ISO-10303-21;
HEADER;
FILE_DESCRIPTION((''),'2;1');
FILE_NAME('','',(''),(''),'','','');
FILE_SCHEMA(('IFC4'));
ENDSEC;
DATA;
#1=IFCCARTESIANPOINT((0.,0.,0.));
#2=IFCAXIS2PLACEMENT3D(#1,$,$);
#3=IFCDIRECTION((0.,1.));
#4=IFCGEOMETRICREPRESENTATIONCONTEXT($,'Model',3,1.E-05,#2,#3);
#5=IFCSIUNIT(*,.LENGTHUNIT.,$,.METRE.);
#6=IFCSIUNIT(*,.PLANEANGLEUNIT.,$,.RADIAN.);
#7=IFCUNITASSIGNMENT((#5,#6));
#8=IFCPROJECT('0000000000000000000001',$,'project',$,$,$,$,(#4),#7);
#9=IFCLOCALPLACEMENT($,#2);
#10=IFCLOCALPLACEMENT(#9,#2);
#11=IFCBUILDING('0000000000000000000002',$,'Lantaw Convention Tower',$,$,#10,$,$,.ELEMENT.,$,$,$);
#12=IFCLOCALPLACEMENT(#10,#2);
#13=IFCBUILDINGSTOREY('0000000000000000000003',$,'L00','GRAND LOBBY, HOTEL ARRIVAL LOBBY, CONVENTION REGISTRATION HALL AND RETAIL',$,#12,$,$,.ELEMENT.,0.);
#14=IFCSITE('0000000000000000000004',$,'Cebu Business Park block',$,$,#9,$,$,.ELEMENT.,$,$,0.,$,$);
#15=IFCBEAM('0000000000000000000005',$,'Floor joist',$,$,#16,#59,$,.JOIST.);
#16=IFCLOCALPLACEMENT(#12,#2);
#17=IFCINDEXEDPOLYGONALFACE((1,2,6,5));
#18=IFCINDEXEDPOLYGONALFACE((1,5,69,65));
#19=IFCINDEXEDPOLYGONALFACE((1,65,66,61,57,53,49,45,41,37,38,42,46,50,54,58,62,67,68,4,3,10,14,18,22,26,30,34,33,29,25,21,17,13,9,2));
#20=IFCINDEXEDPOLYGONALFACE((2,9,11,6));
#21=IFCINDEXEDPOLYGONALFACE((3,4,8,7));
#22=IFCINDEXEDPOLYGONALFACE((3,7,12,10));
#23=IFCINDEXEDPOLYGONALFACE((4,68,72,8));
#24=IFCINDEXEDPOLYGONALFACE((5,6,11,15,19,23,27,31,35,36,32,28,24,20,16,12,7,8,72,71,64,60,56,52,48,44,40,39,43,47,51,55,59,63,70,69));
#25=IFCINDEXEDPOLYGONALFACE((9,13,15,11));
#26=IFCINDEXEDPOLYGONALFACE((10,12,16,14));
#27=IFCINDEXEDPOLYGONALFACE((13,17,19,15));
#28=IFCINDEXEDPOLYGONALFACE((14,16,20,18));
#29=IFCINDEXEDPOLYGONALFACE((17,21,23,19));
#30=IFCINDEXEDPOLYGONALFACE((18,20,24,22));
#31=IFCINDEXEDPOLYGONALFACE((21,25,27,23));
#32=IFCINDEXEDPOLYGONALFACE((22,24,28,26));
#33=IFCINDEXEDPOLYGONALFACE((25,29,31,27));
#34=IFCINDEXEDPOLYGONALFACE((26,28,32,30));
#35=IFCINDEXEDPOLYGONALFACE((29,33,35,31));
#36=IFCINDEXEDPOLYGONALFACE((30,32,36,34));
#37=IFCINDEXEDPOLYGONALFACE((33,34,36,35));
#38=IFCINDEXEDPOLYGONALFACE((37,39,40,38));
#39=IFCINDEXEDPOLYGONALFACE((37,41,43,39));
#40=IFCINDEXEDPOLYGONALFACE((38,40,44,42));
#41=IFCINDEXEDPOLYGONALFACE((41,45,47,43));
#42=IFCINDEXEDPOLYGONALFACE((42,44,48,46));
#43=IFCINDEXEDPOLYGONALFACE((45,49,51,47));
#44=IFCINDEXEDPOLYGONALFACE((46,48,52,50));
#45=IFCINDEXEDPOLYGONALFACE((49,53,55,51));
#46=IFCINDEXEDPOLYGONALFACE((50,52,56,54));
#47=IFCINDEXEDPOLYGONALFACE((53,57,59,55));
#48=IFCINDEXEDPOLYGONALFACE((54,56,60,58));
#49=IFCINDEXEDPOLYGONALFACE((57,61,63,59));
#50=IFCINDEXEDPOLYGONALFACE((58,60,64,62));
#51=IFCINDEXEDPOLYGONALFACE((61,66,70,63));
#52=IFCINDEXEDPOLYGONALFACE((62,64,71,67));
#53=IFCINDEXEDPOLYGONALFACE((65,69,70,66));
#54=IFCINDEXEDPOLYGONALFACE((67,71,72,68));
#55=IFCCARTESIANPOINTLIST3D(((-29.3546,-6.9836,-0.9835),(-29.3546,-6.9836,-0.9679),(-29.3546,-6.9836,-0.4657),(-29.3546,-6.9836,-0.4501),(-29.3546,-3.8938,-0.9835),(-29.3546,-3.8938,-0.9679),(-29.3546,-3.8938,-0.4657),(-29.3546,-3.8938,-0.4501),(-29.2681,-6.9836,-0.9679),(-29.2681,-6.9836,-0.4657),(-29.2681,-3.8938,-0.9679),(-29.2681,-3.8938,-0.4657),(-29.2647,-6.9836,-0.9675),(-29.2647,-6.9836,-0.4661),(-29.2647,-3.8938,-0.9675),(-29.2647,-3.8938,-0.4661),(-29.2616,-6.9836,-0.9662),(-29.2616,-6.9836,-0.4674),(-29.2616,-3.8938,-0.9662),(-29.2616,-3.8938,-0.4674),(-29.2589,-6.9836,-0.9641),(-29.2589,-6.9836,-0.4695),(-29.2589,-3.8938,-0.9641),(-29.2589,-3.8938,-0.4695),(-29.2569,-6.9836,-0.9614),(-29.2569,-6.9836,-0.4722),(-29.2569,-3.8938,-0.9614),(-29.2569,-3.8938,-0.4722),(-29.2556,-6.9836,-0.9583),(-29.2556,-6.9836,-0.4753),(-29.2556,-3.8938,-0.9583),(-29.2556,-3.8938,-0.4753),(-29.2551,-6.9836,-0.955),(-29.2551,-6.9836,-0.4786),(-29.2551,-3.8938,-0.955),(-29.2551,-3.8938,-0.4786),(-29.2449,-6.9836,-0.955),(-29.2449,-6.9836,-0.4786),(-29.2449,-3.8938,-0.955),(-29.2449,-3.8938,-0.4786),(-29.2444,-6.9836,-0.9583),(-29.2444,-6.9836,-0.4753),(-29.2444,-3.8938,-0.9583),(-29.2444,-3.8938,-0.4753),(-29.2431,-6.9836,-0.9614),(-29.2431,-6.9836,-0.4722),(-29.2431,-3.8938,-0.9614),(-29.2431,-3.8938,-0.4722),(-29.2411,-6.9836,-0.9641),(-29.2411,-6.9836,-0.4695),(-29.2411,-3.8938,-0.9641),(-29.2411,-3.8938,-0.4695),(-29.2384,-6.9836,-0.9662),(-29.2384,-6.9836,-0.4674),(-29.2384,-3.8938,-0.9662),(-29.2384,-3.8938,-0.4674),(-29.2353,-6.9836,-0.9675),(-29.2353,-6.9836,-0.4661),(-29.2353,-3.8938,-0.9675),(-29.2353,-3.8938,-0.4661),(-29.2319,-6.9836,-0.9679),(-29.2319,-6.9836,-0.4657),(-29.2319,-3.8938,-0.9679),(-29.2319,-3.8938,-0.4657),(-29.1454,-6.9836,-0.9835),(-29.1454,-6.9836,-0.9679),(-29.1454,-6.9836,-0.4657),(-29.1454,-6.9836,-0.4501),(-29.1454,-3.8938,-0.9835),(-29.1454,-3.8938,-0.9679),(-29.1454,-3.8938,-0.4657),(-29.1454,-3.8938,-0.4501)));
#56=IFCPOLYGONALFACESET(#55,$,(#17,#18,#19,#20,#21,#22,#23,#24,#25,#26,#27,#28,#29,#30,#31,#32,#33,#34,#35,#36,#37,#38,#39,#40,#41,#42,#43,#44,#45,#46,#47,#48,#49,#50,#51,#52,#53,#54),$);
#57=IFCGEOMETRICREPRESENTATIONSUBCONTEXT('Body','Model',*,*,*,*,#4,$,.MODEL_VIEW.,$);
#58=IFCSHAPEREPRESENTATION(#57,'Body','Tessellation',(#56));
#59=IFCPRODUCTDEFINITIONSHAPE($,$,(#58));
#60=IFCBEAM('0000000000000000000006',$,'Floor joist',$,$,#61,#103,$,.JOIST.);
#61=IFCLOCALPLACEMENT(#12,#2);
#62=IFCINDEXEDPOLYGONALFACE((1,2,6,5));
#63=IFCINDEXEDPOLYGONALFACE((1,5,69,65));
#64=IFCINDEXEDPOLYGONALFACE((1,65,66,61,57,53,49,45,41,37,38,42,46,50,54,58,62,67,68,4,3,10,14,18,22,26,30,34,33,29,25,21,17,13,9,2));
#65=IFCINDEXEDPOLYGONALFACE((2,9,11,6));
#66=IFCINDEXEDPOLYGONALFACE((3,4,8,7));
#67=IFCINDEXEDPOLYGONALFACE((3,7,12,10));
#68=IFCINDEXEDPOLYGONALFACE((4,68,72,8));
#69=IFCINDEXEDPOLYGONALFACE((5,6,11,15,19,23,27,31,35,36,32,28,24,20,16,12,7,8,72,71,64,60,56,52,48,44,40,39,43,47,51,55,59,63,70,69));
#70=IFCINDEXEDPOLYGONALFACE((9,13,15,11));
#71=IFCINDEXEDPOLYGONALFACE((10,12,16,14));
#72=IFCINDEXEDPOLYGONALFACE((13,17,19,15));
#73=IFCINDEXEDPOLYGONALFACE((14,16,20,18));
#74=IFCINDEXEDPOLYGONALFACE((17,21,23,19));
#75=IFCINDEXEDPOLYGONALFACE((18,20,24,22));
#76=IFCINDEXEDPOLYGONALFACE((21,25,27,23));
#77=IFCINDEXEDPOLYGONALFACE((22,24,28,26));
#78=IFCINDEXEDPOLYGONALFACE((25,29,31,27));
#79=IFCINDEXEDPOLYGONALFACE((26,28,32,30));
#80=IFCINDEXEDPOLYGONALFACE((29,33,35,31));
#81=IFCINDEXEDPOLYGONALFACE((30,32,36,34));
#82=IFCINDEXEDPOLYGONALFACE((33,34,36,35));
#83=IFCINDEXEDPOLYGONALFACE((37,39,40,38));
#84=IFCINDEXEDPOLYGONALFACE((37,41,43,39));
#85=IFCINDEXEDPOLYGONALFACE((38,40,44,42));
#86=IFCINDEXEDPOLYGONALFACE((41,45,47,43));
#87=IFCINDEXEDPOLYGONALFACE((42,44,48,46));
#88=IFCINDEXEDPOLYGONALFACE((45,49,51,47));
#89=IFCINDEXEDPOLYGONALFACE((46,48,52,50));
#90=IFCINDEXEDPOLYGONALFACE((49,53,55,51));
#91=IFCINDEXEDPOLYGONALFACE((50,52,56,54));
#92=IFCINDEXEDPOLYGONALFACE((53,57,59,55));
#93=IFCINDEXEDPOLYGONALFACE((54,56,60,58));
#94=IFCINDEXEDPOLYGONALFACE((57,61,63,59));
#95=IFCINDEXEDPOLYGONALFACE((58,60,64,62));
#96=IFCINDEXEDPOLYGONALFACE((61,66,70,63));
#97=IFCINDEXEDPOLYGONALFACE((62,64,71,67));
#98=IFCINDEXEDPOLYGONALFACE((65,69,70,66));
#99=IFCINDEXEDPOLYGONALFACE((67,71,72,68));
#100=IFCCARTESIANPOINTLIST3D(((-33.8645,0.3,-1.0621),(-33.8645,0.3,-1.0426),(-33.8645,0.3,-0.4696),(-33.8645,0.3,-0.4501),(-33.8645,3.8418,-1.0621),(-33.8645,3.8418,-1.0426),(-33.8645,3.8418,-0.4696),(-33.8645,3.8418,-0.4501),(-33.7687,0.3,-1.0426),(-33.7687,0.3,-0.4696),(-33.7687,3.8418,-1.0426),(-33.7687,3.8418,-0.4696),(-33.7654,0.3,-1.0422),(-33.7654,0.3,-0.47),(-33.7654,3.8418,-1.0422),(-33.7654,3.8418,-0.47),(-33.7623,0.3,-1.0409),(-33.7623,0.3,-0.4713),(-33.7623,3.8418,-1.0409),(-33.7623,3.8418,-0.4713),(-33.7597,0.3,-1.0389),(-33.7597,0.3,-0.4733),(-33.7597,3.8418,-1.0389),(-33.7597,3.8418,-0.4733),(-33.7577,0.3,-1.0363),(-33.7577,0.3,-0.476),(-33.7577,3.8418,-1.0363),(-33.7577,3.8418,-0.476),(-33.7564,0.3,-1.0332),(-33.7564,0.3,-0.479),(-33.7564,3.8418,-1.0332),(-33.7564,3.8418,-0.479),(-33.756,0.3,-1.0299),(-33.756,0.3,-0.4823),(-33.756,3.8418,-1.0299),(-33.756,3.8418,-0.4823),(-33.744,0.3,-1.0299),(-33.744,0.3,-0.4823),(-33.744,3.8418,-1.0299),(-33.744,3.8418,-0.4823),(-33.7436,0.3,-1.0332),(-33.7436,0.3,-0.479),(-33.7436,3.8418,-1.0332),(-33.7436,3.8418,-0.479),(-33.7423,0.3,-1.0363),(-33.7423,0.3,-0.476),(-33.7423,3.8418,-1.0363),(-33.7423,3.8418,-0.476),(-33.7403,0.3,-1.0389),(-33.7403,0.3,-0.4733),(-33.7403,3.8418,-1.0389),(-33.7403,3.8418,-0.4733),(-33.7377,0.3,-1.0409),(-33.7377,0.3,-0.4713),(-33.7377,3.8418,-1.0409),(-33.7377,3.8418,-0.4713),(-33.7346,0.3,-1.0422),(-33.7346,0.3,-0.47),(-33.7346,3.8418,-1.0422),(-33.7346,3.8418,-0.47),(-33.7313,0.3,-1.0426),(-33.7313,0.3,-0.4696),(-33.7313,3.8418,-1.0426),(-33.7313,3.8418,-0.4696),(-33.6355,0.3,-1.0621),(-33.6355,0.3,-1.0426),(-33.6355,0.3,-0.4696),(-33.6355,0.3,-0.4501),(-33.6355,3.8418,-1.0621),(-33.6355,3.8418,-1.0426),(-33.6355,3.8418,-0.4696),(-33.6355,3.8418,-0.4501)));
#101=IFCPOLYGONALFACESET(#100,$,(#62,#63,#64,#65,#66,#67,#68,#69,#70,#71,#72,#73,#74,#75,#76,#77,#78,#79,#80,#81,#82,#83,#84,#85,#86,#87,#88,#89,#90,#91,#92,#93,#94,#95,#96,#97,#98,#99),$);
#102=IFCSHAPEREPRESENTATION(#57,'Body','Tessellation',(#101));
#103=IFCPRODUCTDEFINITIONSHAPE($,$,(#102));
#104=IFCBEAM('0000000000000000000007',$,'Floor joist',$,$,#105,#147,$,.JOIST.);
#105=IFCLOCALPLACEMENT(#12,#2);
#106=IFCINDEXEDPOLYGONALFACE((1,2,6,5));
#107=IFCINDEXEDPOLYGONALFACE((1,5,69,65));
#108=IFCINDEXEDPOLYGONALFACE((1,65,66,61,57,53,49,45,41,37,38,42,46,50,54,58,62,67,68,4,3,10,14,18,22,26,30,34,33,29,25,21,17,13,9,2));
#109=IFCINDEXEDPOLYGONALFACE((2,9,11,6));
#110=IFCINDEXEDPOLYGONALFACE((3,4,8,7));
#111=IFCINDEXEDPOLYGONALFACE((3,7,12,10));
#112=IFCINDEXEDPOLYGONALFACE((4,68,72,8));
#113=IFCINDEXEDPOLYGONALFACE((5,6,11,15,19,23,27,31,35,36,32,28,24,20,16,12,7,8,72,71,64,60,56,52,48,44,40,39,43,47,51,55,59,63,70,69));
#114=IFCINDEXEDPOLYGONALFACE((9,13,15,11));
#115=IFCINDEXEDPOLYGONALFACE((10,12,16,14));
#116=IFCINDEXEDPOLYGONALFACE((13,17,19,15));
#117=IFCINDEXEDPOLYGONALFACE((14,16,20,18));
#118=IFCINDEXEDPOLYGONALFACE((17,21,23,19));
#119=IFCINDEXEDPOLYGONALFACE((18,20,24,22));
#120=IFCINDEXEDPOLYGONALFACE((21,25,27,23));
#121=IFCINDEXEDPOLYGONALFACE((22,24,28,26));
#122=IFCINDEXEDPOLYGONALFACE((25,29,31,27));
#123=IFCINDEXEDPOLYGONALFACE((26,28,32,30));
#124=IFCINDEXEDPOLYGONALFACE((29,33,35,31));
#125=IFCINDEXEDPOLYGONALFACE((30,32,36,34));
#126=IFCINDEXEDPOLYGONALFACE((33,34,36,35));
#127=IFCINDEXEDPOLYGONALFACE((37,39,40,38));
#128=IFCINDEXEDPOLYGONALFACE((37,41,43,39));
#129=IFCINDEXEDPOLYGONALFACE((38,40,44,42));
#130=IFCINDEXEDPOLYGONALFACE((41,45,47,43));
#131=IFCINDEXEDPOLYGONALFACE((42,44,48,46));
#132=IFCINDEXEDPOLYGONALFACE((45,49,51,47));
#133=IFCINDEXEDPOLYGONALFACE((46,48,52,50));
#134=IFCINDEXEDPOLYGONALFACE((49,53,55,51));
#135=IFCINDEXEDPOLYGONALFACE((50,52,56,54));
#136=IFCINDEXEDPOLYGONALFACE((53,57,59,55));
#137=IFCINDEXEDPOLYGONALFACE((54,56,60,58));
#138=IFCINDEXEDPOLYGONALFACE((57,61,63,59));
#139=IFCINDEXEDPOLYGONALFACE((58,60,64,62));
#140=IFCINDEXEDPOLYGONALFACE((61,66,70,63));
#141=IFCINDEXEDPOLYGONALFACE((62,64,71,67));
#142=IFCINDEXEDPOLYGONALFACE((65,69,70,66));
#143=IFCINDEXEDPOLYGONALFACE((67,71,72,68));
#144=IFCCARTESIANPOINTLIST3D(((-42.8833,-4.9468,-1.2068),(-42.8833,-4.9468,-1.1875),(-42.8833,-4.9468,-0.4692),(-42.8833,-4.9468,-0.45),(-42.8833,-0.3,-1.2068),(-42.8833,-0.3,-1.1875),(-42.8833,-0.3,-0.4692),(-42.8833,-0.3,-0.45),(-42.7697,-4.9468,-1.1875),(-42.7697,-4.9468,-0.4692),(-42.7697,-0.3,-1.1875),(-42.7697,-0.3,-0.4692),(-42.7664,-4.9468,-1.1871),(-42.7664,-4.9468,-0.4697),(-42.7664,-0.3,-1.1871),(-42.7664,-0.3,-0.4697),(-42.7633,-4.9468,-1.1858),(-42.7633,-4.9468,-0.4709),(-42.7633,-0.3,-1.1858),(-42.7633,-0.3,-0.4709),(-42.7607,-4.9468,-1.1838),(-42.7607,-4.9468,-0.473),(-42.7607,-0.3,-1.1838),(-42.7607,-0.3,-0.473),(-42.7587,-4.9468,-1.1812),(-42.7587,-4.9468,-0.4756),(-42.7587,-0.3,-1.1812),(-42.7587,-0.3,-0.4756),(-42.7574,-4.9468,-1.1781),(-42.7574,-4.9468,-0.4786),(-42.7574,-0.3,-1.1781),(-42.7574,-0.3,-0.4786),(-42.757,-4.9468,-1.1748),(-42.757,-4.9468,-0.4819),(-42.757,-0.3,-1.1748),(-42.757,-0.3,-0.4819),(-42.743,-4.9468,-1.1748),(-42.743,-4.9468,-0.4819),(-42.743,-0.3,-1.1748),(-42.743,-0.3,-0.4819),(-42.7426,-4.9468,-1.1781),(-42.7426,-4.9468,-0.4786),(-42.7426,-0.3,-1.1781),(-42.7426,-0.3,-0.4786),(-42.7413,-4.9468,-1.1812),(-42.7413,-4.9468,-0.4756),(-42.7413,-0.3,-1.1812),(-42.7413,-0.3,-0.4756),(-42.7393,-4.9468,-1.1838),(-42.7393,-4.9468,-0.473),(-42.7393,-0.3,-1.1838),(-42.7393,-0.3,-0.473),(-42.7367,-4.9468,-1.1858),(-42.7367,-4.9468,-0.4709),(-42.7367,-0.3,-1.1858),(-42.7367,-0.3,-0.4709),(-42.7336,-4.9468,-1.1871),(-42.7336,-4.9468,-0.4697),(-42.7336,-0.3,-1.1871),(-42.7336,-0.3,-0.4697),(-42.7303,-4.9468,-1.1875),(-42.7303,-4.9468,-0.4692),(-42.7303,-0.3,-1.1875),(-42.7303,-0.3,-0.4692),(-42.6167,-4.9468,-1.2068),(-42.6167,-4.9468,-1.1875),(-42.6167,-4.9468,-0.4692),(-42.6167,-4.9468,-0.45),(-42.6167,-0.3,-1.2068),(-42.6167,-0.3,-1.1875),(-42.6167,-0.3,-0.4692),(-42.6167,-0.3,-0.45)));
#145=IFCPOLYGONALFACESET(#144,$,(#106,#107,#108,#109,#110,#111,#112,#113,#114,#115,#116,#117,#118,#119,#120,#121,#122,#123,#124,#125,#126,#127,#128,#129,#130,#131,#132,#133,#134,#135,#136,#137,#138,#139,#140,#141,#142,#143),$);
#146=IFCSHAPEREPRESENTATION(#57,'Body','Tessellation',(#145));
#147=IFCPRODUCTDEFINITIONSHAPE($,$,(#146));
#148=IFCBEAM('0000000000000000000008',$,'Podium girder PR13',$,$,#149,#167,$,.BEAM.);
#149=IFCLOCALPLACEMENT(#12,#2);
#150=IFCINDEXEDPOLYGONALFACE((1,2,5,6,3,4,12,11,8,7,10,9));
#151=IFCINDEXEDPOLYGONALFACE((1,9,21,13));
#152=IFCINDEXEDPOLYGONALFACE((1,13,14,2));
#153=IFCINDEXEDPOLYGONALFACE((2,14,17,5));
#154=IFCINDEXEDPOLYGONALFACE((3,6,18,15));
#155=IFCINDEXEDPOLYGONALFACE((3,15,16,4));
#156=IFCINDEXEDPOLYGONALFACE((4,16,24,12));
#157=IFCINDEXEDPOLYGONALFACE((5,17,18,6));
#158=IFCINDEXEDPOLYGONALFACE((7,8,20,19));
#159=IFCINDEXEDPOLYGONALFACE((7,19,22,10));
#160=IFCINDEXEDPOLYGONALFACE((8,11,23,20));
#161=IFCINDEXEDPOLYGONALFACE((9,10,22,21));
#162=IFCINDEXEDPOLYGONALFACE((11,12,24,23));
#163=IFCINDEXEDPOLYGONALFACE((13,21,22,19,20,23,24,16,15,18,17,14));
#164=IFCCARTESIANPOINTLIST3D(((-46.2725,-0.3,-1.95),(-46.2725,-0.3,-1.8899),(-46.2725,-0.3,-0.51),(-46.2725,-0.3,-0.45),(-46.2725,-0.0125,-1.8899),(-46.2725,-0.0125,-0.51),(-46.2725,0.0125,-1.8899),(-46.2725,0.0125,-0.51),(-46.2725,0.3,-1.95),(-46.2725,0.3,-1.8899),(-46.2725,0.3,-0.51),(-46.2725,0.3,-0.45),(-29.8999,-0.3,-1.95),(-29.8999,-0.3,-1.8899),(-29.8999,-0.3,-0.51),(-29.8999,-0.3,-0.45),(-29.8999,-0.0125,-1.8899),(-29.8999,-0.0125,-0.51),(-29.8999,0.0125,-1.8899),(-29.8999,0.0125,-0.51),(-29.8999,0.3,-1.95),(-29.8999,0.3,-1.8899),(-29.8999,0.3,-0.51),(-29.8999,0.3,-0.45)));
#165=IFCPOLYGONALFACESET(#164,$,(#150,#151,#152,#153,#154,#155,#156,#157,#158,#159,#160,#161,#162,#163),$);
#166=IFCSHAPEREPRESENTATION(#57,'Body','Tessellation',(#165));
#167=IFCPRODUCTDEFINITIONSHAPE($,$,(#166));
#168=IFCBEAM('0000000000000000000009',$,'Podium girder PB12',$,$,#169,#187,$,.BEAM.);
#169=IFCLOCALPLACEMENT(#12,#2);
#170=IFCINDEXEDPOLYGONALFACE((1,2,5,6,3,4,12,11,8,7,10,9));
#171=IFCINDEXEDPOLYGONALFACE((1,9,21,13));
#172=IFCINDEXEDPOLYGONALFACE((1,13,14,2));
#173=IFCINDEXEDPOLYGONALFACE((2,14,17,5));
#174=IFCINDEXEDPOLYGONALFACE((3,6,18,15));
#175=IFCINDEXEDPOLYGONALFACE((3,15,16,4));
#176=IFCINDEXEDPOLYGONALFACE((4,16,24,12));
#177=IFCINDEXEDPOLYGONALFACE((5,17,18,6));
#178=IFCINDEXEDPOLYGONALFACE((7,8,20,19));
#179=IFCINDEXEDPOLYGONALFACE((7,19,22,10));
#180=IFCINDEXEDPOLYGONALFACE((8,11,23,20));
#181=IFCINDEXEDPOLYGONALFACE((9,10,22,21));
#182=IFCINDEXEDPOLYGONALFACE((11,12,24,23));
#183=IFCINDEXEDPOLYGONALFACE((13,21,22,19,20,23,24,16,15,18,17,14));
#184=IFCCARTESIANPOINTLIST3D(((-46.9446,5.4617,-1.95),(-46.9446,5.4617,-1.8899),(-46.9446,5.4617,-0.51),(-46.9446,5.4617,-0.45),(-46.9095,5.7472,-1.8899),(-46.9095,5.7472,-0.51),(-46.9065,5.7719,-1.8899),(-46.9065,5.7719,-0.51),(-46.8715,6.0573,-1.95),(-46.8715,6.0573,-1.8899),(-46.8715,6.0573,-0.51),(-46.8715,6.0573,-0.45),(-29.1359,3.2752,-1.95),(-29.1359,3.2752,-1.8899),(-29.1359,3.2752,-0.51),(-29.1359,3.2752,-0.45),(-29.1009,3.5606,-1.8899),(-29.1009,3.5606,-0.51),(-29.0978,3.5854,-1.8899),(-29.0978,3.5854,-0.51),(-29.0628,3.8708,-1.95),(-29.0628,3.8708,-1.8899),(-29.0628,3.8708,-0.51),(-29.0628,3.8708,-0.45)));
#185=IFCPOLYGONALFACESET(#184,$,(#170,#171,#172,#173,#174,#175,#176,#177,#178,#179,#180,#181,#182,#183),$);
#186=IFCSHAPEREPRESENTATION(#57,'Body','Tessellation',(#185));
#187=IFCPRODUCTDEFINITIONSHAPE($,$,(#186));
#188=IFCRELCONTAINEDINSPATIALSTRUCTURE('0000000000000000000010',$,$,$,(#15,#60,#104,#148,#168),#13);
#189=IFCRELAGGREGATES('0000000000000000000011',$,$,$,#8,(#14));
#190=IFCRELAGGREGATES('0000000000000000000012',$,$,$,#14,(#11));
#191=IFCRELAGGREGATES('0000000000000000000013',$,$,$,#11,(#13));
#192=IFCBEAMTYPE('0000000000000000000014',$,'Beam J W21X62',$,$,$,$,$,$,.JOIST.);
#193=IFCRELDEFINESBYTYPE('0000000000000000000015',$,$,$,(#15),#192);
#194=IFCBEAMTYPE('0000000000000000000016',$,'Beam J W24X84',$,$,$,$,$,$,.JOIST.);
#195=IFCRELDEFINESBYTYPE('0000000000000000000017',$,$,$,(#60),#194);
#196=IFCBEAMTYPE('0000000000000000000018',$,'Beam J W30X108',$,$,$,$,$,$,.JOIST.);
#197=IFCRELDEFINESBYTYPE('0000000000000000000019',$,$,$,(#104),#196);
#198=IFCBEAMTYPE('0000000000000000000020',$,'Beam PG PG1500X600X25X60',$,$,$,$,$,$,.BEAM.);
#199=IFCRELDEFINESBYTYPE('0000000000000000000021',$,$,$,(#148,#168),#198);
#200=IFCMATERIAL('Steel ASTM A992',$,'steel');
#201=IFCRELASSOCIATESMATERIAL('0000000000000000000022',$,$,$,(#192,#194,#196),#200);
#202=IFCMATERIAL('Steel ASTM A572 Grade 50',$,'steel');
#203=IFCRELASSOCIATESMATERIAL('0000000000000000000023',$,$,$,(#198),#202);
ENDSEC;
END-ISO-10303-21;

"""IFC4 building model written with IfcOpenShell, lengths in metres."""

from ifc_helpers import new_model, si_unit, direction, frame, origin, origin_2d, place, context, subcontext, project, spatial, i_section, extrude, material, material_profile, profile_set, type_object, element, save


model = new_model("IFC4")

# Units and contexts
model_context = context("Model", 3, precision=1e-05, world=origin(), true_north=direction((0.0, 1.0)))
body_context = subcontext(model_context, "Body", "Model", "MODEL_VIEW")
ifc_project = project(units=[si_unit("LENGTHUNIT", "METRE"), si_unit("PLANEANGLEUNIT", "RADIAN")], contexts=[model_context])

# Site, building, storey
site_placement = place(None, origin())
site = spatial("IfcSite", under=ifc_project, at=site_placement, Name="Cebu Business Park block", CompositionType="ELEMENT", RefElevation=0.0)
building_placement = place(site_placement, origin())
building = spatial("IfcBuilding", under=site, at=building_placement, Name="Lantaw Convention Tower", CompositionType="ELEMENT")
storey_placement = place(building_placement, origin())
storey = spatial("IfcBuildingStorey", under=building, at=storey_placement, Name="L00", Description="GRAND LOBBY, HOTEL ARRIVAL LOBBY, CONVENTION REGISTRATION HALL AND RETAIL", CompositionType="ELEMENT", Elevation=0.0)

# Shared definitions
ifc_material_1 = material(Name="Steel ASTM A572 Grade 50", Category="steel")

# Beams
ifc_material_2 = material(Name="Steel ASTM A992", Category="steel")
ifc_material_profile_1 = material_profile(ifc_material_2, i_section(OverallWidth=0.2092, OverallDepth=0.5334, WebThickness=0.0103, FlangeThickness=0.0156, FilletRadius=0.0129, at=origin_2d()), Name="W21X62")
ifc_profile_set_1 = profile_set([ifc_material_profile_1], Name="Steel ASTM A992")
beam_type_1 = type_object("IfcBeamType", Name="Beam J W21X62", PredefinedType="JOIST", material=ifc_profile_set_1)
beam_1_placement = place(storey_placement, frame((-29.25, -6.9836, -0.7168), z_axis=(0.0, 1.0, 0.0), x_axis=(-1.0, 0.0, 0.0)))
element("IfcBeam", 1, at=beam_1_placement, inside=storey, type_object=beam_type_1, Name="Floor joist", PredefinedType="JOIST", context=body_context, shape_type="SweptSolid", body=[
    extrude(i_section(OverallWidth=0.2092, OverallDepth=0.5334, WebThickness=0.0103, FlangeThickness=0.0156, FilletRadius=0.0129, at=origin_2d()), origin(), (0.0, 0.0, 1.0), 3.0898),
])
ifc_material_profile_2 = material_profile(ifc_material_2, i_section(OverallWidth=0.229, OverallDepth=0.6121, WebThickness=0.012, FlangeThickness=0.0195, FilletRadius=0.0127, at=origin_2d()), Name="W24X84")
ifc_profile_set_2 = profile_set([ifc_material_profile_2], Name="Steel ASTM A992")
beam_type_2 = type_object("IfcBeamType", Name="Beam J W24X84", PredefinedType="JOIST", material=ifc_profile_set_2)
beam_2_placement = place(storey_placement, frame((-33.75, 0.3, -0.7561), z_axis=(0.0, 1.0, 0.0), x_axis=(-1.0, 0.0, 0.0)))
element("IfcBeam", 2, at=beam_2_placement, inside=storey, type_object=beam_type_2, Name="Floor joist", PredefinedType="JOIST", context=body_context, shape_type="SweptSolid", body=[
    extrude(i_section(OverallWidth=0.229, OverallDepth=0.6121, WebThickness=0.012, FlangeThickness=0.0195, FilletRadius=0.0127, at=origin_2d()), origin(), (0.0, 0.0, 1.0), 3.5417),
])
ifc_material_profile_3 = material_profile(ifc_material_2, i_section(OverallWidth=0.2666, OverallDepth=0.7568, WebThickness=0.0139, FlangeThickness=0.0193, FilletRadius=0.0127, at=origin_2d()), Name="W30X108")
ifc_profile_set_3 = profile_set([ifc_material_profile_3], Name="Steel ASTM A992")
beam_type_3 = type_object("IfcBeamType", Name="Beam J W30X108", PredefinedType="JOIST", material=ifc_profile_set_3)
beam_3_placement = place(storey_placement, frame((-42.75, -4.9468, -0.8284), z_axis=(0.0, 1.0, 0.0), x_axis=(-1.0, 0.0, 0.0)))
element("IfcBeam", 3, at=beam_3_placement, inside=storey, type_object=beam_type_3, Name="Floor joist", PredefinedType="JOIST", context=body_context, shape_type="SweptSolid", body=[
    extrude(i_section(OverallWidth=0.2666, OverallDepth=0.7568, WebThickness=0.0139, FlangeThickness=0.0193, FilletRadius=0.0127, at=origin_2d()), origin(), (0.0, 0.0, 1.0), 4.6467),
])
ifc_material_profile_4 = material_profile(ifc_material_1, i_section(OverallWidth=0.6001, OverallDepth=1.5, WebThickness=0.0249, FlangeThickness=0.0601, at=origin_2d()), Name="PG1500X600X25X60")
ifc_profile_set_4 = profile_set([ifc_material_profile_4], Name="Steel ASTM A572 Grade 50")
beam_type_4 = type_object("IfcBeamType", Name="Beam PG PG1500X600X25X60", PredefinedType="BEAM", material=ifc_profile_set_4)
beam_4_placement = place(storey_placement, frame((-29.8999, 0.0, -1.2), z_axis=(-1.0, 0.0, 0.0), x_axis=(0.0, -1.0, 0.0)))
element("IfcBeam", 4, at=beam_4_placement, inside=storey, type_object=beam_type_4, Name="Podium girder PR13", PredefinedType="BEAM", context=body_context, shape_type="SweptSolid", body=[
    extrude(i_section(OverallWidth=0.6001, OverallDepth=1.5, WebThickness=0.0249, FlangeThickness=0.0601, at=origin_2d()), origin(), (0.0, 0.0, 1.0), 16.3726),
])
beam_5_placement = place(storey_placement, frame((-29.0994, 3.573, -1.2), z_axis=(-0.992547, 0.121864, 0.0), x_axis=(-0.121864, -0.992547, 0.0)))
element("IfcBeam", 5, at=beam_5_placement, inside=storey, type_object=beam_type_4, Name="Podium girder PB12", PredefinedType="BEAM", context=body_context, shape_type="SweptSolid", body=[
    extrude(i_section(OverallWidth=0.6001, OverallDepth=1.5, WebThickness=0.0249, FlangeThickness=0.0601, at=origin_2d()), origin(), (0.0, 0.0, 1.0), 17.9424),
])

save(model, "model.ifc")
